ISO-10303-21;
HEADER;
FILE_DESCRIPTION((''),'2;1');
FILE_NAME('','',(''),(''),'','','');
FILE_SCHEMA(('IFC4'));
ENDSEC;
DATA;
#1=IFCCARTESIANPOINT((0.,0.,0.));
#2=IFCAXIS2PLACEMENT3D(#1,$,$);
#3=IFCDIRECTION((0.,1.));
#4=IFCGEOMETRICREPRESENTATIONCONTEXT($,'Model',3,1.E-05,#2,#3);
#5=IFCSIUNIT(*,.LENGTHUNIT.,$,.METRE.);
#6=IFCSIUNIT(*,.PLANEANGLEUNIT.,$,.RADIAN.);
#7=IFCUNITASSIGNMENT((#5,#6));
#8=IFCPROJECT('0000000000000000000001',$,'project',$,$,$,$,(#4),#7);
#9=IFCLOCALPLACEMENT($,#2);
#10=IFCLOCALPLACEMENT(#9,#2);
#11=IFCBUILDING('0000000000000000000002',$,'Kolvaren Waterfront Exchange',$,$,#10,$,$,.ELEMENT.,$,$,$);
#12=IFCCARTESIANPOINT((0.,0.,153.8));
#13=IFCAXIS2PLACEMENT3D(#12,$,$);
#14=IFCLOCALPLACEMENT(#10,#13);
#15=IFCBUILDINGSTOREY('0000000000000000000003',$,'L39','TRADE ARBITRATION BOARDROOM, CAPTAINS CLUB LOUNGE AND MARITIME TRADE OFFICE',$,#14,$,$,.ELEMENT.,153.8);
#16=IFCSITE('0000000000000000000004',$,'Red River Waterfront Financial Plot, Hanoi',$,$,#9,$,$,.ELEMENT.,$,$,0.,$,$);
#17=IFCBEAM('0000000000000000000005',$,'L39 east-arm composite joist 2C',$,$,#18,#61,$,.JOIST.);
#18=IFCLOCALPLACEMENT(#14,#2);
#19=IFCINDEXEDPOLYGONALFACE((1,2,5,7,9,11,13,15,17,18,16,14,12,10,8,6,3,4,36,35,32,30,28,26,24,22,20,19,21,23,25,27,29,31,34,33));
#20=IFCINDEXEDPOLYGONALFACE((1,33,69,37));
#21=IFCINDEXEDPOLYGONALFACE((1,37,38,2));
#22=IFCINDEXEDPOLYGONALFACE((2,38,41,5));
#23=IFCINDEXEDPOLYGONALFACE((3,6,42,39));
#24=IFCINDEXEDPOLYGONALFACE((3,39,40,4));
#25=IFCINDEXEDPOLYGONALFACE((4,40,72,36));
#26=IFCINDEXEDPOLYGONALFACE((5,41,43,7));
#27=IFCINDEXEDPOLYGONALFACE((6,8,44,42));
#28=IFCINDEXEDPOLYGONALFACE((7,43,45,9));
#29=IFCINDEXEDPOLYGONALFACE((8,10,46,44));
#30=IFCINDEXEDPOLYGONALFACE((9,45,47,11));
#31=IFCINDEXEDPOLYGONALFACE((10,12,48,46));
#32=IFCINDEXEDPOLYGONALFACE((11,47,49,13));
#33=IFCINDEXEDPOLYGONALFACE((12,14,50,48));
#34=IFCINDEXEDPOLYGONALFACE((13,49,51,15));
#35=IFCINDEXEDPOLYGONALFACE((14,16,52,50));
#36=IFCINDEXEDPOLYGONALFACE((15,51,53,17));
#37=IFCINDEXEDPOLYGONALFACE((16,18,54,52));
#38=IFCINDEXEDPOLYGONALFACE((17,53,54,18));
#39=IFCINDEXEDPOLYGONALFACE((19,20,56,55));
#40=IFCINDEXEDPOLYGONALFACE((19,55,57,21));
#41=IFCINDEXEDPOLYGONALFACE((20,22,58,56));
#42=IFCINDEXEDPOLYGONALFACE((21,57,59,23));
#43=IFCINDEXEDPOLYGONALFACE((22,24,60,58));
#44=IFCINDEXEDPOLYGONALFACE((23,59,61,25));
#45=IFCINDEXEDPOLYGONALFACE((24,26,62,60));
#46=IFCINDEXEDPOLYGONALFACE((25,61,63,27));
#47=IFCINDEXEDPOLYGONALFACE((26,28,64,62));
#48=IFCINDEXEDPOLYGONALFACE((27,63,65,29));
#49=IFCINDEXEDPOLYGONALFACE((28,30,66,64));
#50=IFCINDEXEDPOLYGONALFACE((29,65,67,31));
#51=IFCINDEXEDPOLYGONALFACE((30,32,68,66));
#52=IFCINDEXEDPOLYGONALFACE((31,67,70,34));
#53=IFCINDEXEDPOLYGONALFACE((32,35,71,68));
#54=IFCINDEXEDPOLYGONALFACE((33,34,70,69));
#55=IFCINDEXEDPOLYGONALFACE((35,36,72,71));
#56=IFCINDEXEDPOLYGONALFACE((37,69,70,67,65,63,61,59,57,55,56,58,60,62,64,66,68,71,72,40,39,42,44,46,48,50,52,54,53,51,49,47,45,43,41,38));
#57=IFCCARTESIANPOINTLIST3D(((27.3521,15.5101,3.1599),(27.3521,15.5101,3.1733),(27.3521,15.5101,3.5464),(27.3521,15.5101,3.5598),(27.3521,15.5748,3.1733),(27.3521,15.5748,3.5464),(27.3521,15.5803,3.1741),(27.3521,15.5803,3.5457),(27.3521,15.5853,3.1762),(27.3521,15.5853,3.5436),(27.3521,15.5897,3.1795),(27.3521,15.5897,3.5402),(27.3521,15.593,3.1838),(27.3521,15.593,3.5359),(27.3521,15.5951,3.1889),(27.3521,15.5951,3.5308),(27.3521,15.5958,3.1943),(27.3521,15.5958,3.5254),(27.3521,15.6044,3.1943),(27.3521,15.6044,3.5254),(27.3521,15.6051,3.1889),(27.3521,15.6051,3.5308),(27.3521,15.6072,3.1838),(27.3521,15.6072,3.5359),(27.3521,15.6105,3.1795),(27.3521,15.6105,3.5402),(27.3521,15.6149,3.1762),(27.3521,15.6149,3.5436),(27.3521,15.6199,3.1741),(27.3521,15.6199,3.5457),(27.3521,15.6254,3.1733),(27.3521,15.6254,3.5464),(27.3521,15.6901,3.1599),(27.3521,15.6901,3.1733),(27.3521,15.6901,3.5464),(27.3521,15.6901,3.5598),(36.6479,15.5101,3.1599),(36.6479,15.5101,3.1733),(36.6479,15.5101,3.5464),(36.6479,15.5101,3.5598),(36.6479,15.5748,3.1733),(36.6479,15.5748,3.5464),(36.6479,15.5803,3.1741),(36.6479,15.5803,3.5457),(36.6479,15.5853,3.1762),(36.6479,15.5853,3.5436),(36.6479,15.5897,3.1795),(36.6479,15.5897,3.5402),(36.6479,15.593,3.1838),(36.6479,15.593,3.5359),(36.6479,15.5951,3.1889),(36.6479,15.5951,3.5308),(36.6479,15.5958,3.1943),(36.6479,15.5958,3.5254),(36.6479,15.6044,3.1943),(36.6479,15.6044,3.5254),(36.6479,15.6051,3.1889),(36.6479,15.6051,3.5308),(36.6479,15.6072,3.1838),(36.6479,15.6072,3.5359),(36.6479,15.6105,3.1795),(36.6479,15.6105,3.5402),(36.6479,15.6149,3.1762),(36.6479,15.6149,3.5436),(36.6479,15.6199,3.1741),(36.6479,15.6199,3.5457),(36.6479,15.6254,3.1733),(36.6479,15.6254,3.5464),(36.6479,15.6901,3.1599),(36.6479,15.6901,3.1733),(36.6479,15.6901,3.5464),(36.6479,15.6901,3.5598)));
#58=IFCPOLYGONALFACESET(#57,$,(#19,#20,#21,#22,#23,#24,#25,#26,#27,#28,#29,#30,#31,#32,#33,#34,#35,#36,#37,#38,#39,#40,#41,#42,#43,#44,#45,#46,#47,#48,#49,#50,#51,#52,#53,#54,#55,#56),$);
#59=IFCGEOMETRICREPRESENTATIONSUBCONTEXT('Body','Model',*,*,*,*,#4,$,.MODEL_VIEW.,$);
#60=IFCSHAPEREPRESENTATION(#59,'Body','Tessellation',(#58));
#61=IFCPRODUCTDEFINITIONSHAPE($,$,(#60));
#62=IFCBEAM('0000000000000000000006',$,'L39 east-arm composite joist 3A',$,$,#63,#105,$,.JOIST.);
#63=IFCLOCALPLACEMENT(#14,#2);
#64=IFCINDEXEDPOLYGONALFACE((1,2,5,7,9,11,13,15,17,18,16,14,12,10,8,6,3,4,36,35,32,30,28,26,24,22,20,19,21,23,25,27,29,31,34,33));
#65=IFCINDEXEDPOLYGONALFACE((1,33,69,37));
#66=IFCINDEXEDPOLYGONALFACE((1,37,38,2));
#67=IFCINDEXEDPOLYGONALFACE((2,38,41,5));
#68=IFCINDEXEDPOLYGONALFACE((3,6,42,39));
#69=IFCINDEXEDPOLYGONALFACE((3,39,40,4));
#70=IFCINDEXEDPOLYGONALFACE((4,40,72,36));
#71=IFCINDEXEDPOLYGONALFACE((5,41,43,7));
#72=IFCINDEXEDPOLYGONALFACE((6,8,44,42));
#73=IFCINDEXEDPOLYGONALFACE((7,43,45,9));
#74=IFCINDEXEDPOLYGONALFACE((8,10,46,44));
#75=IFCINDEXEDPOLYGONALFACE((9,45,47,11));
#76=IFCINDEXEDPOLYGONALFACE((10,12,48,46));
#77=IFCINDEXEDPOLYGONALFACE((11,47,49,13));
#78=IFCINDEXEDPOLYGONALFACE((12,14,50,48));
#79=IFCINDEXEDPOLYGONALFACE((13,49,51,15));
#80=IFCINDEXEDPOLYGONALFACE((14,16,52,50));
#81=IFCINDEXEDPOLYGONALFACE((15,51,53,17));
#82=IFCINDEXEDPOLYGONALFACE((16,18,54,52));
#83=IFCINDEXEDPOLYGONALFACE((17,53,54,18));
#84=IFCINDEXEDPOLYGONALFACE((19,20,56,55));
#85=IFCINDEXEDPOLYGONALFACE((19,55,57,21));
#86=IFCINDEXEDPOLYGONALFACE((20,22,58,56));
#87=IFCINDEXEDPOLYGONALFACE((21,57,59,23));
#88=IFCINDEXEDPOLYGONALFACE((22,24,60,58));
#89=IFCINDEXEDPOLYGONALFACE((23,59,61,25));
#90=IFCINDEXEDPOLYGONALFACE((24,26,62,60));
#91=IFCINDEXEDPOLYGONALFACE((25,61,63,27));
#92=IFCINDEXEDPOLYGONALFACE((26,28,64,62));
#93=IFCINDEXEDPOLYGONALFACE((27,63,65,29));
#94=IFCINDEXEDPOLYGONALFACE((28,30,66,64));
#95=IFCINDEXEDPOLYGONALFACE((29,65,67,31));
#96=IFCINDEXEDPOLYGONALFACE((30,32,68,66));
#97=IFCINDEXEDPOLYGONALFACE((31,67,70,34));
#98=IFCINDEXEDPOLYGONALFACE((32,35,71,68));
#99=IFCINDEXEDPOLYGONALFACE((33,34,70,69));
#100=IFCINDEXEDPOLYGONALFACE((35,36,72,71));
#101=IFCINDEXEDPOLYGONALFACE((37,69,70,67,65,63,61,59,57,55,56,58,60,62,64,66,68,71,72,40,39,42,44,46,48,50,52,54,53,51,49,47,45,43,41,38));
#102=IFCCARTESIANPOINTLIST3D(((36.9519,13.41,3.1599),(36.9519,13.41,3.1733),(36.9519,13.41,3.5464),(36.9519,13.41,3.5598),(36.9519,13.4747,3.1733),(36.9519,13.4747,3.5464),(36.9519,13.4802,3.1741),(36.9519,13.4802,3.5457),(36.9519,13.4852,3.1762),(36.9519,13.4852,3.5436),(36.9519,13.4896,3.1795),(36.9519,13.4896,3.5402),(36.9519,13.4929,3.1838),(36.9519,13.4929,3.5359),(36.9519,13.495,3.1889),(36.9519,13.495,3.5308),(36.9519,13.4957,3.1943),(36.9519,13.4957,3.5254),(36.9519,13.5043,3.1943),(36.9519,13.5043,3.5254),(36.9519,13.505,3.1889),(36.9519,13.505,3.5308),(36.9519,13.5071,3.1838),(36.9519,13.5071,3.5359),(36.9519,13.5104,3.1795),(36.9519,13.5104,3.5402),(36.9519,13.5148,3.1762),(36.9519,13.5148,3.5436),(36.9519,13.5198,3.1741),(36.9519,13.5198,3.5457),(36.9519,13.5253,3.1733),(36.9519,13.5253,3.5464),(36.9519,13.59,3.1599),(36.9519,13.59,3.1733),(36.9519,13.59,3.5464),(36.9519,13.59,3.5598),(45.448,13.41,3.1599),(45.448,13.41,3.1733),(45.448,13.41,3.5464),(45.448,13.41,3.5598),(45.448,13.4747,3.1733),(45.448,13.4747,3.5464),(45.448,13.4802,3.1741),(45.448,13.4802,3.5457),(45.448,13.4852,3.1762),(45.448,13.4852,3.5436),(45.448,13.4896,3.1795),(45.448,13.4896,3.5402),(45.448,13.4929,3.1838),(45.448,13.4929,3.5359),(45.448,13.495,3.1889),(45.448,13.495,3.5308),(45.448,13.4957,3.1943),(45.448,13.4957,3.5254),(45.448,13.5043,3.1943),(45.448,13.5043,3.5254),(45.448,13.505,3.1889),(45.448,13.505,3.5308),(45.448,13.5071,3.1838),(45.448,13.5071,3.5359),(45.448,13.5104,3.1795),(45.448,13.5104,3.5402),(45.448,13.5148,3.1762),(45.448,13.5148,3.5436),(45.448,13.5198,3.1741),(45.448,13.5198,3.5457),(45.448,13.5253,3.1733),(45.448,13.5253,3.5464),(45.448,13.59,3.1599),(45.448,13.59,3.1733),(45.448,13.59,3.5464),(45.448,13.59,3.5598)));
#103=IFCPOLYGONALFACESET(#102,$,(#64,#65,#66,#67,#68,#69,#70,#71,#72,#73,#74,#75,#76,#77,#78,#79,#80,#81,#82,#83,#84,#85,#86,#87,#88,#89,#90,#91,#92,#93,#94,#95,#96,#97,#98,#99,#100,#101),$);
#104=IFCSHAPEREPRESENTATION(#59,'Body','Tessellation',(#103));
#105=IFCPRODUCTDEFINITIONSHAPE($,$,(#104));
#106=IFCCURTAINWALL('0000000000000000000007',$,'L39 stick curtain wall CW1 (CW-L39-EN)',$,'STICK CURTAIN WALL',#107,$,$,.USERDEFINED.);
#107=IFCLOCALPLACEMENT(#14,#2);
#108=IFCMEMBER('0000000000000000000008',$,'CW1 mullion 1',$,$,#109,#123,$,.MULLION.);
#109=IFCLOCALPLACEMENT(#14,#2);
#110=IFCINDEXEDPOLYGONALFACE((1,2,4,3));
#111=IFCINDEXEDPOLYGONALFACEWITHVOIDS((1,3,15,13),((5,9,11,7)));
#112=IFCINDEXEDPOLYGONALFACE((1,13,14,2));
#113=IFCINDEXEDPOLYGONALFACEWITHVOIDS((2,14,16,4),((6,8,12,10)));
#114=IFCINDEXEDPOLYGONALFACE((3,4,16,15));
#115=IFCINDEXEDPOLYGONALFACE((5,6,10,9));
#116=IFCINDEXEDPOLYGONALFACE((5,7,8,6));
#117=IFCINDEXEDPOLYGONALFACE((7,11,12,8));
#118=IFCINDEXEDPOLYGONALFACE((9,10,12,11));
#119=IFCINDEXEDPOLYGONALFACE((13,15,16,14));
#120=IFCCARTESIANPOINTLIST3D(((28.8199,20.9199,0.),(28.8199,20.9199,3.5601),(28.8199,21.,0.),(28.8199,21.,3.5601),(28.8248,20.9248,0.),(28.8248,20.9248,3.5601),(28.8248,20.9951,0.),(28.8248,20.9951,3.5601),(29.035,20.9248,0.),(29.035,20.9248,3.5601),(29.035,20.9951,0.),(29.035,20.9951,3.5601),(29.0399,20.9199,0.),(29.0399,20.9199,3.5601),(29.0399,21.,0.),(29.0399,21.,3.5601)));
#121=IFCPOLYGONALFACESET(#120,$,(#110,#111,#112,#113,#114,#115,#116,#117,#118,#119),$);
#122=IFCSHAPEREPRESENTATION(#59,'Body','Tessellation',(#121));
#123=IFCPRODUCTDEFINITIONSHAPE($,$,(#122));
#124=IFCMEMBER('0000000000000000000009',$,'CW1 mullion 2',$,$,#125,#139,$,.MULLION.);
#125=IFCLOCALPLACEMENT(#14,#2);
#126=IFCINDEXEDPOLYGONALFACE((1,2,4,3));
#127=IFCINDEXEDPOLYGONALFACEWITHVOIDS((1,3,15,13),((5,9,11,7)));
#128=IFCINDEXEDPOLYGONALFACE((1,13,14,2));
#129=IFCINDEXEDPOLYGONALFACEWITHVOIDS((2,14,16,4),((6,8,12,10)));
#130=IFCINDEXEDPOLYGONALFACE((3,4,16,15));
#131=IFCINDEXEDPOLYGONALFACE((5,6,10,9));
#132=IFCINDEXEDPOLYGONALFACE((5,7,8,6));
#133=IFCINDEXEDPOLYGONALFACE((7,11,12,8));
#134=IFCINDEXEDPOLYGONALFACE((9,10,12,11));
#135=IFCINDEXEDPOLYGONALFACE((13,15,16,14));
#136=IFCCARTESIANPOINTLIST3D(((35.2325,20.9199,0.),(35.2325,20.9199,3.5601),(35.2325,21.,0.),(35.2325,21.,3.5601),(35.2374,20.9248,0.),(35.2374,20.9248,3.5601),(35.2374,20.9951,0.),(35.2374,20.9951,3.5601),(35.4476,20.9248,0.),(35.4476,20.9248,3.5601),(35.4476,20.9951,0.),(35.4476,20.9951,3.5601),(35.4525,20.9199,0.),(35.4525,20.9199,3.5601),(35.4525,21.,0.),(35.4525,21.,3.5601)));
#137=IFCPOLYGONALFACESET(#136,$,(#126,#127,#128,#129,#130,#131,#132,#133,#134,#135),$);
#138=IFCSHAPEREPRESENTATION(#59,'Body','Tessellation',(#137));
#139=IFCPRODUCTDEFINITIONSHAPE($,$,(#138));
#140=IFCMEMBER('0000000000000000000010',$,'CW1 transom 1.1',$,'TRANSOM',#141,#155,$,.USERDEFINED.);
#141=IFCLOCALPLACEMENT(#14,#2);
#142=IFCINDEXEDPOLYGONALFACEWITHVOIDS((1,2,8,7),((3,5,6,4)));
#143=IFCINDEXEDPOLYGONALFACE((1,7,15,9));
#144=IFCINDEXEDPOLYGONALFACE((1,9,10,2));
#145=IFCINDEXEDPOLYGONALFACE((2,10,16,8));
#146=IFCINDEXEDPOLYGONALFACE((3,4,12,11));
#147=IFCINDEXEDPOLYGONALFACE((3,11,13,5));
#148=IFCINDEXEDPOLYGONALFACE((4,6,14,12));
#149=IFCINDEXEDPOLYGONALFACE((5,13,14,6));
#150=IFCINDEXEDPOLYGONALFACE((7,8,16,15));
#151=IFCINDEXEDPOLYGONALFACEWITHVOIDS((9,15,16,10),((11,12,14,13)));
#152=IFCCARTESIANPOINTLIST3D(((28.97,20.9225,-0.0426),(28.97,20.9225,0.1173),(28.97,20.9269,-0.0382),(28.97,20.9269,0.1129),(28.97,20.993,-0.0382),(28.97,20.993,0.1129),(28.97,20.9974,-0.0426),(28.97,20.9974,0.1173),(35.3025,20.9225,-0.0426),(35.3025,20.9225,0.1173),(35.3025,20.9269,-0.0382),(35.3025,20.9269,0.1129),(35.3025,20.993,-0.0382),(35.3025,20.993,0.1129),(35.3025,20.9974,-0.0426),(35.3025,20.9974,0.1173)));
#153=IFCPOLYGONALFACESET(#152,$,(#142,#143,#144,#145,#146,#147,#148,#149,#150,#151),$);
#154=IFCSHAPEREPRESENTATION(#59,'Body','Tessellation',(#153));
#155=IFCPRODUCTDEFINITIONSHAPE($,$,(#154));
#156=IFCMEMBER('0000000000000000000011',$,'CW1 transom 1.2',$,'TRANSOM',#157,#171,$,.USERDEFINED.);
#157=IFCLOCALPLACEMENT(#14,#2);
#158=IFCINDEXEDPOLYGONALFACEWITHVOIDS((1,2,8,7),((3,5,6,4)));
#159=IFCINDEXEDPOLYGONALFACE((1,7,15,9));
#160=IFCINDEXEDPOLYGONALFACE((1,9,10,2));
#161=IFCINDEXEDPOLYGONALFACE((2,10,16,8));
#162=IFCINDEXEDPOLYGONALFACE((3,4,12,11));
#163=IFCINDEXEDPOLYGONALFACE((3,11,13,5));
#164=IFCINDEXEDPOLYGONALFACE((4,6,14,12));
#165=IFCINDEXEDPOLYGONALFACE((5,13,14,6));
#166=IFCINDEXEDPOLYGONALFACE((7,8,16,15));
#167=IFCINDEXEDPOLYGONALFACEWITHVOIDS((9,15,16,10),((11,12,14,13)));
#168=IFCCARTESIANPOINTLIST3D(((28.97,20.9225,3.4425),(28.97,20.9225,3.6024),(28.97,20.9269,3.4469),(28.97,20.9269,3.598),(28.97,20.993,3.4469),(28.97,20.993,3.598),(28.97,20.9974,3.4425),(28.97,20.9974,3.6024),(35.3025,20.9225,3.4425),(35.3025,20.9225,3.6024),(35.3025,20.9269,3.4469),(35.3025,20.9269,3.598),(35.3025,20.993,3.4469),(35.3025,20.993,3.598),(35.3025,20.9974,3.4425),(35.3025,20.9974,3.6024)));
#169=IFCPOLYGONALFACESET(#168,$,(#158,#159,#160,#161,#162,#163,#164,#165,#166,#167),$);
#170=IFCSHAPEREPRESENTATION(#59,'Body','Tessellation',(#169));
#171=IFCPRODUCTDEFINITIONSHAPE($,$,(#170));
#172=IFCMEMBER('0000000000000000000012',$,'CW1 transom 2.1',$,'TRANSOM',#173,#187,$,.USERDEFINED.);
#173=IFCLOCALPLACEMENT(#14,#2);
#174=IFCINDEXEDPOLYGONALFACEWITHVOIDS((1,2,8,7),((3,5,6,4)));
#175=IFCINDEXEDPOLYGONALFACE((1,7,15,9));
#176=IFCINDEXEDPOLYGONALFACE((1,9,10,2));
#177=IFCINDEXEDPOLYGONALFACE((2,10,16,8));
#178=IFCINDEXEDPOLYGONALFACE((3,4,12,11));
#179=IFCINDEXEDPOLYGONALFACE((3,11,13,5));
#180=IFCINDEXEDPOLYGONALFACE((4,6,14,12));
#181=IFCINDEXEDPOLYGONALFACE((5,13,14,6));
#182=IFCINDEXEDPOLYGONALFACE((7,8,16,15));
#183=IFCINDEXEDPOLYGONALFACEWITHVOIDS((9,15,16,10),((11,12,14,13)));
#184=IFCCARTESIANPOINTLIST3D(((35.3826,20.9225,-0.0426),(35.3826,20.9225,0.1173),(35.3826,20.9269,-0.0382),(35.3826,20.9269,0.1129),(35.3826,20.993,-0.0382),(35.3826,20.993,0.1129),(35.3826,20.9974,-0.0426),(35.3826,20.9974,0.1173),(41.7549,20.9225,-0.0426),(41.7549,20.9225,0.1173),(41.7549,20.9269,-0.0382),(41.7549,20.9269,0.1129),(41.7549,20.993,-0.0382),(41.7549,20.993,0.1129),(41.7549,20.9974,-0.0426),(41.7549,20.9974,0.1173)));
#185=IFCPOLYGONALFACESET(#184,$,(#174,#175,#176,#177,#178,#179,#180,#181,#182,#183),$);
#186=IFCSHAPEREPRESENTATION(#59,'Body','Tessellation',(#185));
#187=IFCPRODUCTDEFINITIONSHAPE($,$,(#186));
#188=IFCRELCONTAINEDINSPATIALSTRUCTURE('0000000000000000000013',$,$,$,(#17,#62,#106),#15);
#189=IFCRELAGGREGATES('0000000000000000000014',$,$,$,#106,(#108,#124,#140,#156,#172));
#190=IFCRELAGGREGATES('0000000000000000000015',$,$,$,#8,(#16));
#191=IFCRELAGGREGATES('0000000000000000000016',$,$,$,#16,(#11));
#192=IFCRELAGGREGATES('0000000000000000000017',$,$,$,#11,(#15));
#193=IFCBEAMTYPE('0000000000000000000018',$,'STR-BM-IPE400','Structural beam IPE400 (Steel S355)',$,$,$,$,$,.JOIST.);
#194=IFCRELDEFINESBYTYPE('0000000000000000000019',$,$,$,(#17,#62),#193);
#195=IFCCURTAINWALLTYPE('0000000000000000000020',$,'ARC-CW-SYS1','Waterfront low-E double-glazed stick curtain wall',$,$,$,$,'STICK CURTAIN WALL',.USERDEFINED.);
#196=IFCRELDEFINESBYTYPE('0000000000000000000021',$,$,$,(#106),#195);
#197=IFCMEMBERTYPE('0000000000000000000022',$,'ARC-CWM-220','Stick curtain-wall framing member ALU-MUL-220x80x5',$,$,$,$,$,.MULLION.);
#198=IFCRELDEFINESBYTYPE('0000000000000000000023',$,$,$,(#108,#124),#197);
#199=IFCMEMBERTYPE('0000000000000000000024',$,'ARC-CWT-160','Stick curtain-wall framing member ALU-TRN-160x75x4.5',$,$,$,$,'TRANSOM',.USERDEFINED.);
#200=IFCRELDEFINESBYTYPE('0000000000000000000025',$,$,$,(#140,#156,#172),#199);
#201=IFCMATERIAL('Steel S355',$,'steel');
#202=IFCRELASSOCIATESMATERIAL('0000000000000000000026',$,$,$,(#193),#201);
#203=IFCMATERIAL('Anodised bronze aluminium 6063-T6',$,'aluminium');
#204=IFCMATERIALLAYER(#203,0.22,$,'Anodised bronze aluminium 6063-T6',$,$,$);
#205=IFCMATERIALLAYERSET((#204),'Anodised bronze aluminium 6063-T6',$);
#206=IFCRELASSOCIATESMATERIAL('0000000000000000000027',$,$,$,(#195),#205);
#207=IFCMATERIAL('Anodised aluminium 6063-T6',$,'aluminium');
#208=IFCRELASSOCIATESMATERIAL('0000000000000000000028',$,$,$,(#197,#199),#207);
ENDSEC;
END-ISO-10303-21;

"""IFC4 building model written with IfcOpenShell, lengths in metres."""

from ifc_helpers import new_model, si_unit, direction, frame, origin, origin_with_axes, origin_2d, place, context, subcontext, project, spatial, hollow_rectangle, i_section, extrude, source, transform, mapped, material, layer, layer_set, material_profile, profile_set, type_object, element, aggregate, save


model = new_model("IFC4")

# Units and contexts
model_context = context("Model", 3, precision=1e-05, world=origin(), true_north=direction((0.0, 1.0)))
body_context = subcontext(model_context, "Body", "Model", "MODEL_VIEW")
ifc_project = project(units=[si_unit("LENGTHUNIT", "METRE"), si_unit("PLANEANGLEUNIT", "RADIAN")], contexts=[model_context])

# Site, building, storey
site_placement = place(None, origin())
site = spatial("IfcSite", under=ifc_project, at=site_placement, Name="Red River Waterfront Financial Plot, Hanoi", CompositionType="ELEMENT", RefElevation=0.0)
building_placement = place(site_placement, origin())
building = spatial("IfcBuilding", under=site, at=building_placement, Name="Kolvaren Waterfront Exchange", CompositionType="ELEMENT")
storey_placement = place(building_placement, frame((0.0, 0.0, 153.8)))
storey = spatial("IfcBuildingStorey", under=building, at=storey_placement, Name="L39", Description="TRADE ARBITRATION BOARDROOM, CAPTAINS CLUB LOUNGE AND MARITIME TRADE OFFICE", CompositionType="ELEMENT", Elevation=153.8)

# Beams
ifc_material_1 = material(Name="Steel S355", Category="steel")
ifc_material_profile_1 = material_profile(ifc_material_1, i_section(OverallWidth=0.1799, OverallDepth=0.3999, WebThickness=0.0085, FlangeThickness=0.0134, FilletRadius=0.021, at=origin_2d()), Name="IPE400")
ifc_profile_set_1 = profile_set([ifc_material_profile_1], Name="Steel S355")
beam_type_1 = type_object("IfcBeamType", Name="STR-BM-IPE400", Description="Structural beam IPE400 (Steel S355)", PredefinedType="JOIST", material=ifc_profile_set_1)
for number, where, z_axis, x_axis, name in (
    (1, (27.3521, 15.6001, 3.3599), (1.0, 0.0, 0.0), (0.0, 1.0, 0.0), "L39 east-arm composite joist 2C"),
):
    element("IfcBeam", number, at=place(storey_placement, frame(where, z_axis=z_axis, x_axis=x_axis)), inside=storey, type_object=beam_type_1, Name=name, PredefinedType="JOIST", context=body_context, shape_type="SweptSolid", body=[
        extrude(i_section(OverallWidth=0.1799, OverallDepth=0.3999, WebThickness=0.0085, FlangeThickness=0.0134, FilletRadius=0.021, at=origin_2d()), origin(), (0.0, 0.0, 1.0), 9.2959),
    ])
beam_1_placement = place(storey_placement, frame((36.9519, 13.5, 3.3599), z_axis=(1.0, 0.0, 0.0), x_axis=(0.0, 1.0, 0.0)))
element("IfcBeam", 2, at=beam_1_placement, inside=storey, type_object=beam_type_1, Name="L39 east-arm composite joist 3A", PredefinedType="JOIST", context=body_context, shape_type="SweptSolid", body=[
    extrude(i_section(OverallWidth=0.1799, OverallDepth=0.3999, WebThickness=0.0085, FlangeThickness=0.0134, FilletRadius=0.021, at=origin_2d()), origin(), (0.0, 0.0, 1.0), 8.4961),
])

# Curtain wall, members
ifc_material_2 = material(Name="Anodised bronze aluminium 6063-T6", Category="aluminium")
ifc_layer_1 = layer(ifc_material_2, 0.22, Name="Anodised bronze aluminium 6063-T6")
ifc_layer_set_1 = layer_set([ifc_layer_1], Name="Anodised bronze aluminium 6063-T6")
curtain_wall_type = type_object("IfcCurtainWallType", Name="ARC-CW-SYS1", Description="Waterfront low-E double-glazed stick curtain wall", ElementType="STICK CURTAIN WALL", PredefinedType="USERDEFINED", material=ifc_layer_set_1)
curtain_wall_placement = place(storey_placement, origin())
curtain_wall = element("IfcCurtainWall", 3, at=curtain_wall_placement, inside=storey, type_object=curtain_wall_type, Name="L39 stick curtain wall CW1 (CW-L39-EN)", ObjectType="STICK CURTAIN WALL", PredefinedType="USERDEFINED")
ifc_material_3 = material(Name="Anodised aluminium 6063-T6", Category="aluminium")
ifc_material_profile_2 = material_profile(ifc_material_3, hollow_rectangle(XDim=0.0801, YDim=0.22, WallThickness=0.0049, at=origin_2d()), Name="ALU-MUL-220x80x5")
ifc_profile_set_2 = profile_set([ifc_material_profile_2], Name="Anodised aluminium 6063-T6")
member_type_1 = type_object("IfcMemberType", Name="ARC-CWM-220", Description="Stick curtain-wall framing member ALU-MUL-220x80x5", PredefinedType="MULLION", material=ifc_profile_set_2)
shared_shape_1 = source(origin_with_axes(), body_context, "Body", "SweptSolid", [
    extrude(hollow_rectangle(XDim=0.0801, YDim=0.22, WallThickness=0.0049, at=origin_2d()), origin(), (0.0, 0.0, 1.0), 3.5601),
])
member_1_placement = place(storey_placement, frame((28.9299, 20.96, 0.0), z_axis=(0.0, 0.0, 1.0), x_axis=(0.0, 1.0, 0.0)))
member_1 = element("IfcMember", 4, at=member_1_placement, type_object=member_type_1, Name="CW1 mullion 1", PredefinedType="MULLION", context=body_context, shape_type="MappedRepresentation", body=[
    mapped(shared_shape_1, transform((0.0, 0.0, 0.0), x_axis=(1.0, 0.0, 0.0), y_axis=(0.0, 1.0, 0.0), z_axis=(0.0, 0.0, 1.0), scale=1.0)),
])
member_2_placement = place(storey_placement, frame((35.3425, 20.96, 0.0), z_axis=(0.0, 0.0, 1.0), x_axis=(0.0, 1.0, 0.0)))
member_2 = element("IfcMember", 5, at=member_2_placement, type_object=member_type_1, Name="CW1 mullion 2", PredefinedType="MULLION", context=body_context, shape_type="MappedRepresentation", body=[
    mapped(shared_shape_1, transform((0.0, 0.0, 0.0), x_axis=(1.0, 0.0, 0.0), y_axis=(0.0, 1.0, 0.0), z_axis=(0.0, 0.0, 1.0), scale=1.0)),
])
ifc_material_profile_3 = material_profile(ifc_material_3, hollow_rectangle(XDim=0.075, YDim=0.1599, WallThickness=0.0044, at=origin_2d()), Name="ALU-TRN-160x75x4.5")
ifc_profile_set_3 = profile_set([ifc_material_profile_3], Name="Anodised aluminium 6063-T6")
member_type_2 = type_object("IfcMemberType", Name="ARC-CWT-160", Description="Stick curtain-wall framing member ALU-TRN-160x75x4.5", ElementType="TRANSOM", PredefinedType="USERDEFINED", material=ifc_profile_set_3)
shared_shape_2 = source(origin_with_axes(), body_context, "Body", "SweptSolid", [
    extrude(hollow_rectangle(XDim=0.075, YDim=0.1599, WallThickness=0.0044, at=origin_2d()), origin(), (0.0, 0.0, 1.0), 6.3325),
])
member_3_placement = place(storey_placement, frame((28.97, 20.96, 0.0374), z_axis=(1.0, 0.0, 0.0), x_axis=(0.0, 1.0, 0.0)))
member_3 = element("IfcMember", 6, at=member_3_placement, type_object=member_type_2, Name="CW1 transom 1.1", ObjectType="TRANSOM", PredefinedType="USERDEFINED", context=body_context, shape_type="MappedRepresentation", body=[
    mapped(shared_shape_2, transform((0.0, 0.0, 0.0), x_axis=(1.0, 0.0, 0.0), y_axis=(0.0, 1.0, 0.0), z_axis=(0.0, 0.0, 1.0), scale=1.0)),
])
member_4_placement = place(storey_placement, frame((28.97, 20.96, 3.5225), z_axis=(1.0, 0.0, 0.0), x_axis=(0.0, 1.0, 0.0)))
member_4 = element("IfcMember", 7, at=member_4_placement, type_object=member_type_2, Name="CW1 transom 1.2", ObjectType="TRANSOM", PredefinedType="USERDEFINED", context=body_context, shape_type="MappedRepresentation", body=[
    mapped(shared_shape_2, transform((0.0, 0.0, 0.0), x_axis=(1.0, 0.0, 0.0), y_axis=(0.0, 1.0, 0.0), z_axis=(0.0, 0.0, 1.0), scale=1.0)),
])
shared_shape_3 = source(origin_with_axes(), body_context, "Body", "SweptSolid", [
    extrude(hollow_rectangle(XDim=0.075, YDim=0.1599, WallThickness=0.0044, at=origin_2d()), origin(), (0.0, 0.0, 1.0), 6.3723),
])
member_5_placement = place(storey_placement, frame((35.3826, 20.96, 0.0374), z_axis=(1.0, 0.0, 0.0), x_axis=(0.0, 1.0, 0.0)))
member_5 = element("IfcMember", 8, at=member_5_placement, type_object=member_type_2, Name="CW1 transom 2.1", ObjectType="TRANSOM", PredefinedType="USERDEFINED", context=body_context, shape_type="MappedRepresentation", body=[
    mapped(shared_shape_3, transform((0.0, 0.0, 0.0), x_axis=(1.0, 0.0, 0.0), y_axis=(0.0, 1.0, 0.0), z_axis=(0.0, 0.0, 1.0), scale=1.0)),
])
aggregate(curtain_wall, [member_1, member_2, member_3, member_4, member_5])

save(model, "model.ifc")
